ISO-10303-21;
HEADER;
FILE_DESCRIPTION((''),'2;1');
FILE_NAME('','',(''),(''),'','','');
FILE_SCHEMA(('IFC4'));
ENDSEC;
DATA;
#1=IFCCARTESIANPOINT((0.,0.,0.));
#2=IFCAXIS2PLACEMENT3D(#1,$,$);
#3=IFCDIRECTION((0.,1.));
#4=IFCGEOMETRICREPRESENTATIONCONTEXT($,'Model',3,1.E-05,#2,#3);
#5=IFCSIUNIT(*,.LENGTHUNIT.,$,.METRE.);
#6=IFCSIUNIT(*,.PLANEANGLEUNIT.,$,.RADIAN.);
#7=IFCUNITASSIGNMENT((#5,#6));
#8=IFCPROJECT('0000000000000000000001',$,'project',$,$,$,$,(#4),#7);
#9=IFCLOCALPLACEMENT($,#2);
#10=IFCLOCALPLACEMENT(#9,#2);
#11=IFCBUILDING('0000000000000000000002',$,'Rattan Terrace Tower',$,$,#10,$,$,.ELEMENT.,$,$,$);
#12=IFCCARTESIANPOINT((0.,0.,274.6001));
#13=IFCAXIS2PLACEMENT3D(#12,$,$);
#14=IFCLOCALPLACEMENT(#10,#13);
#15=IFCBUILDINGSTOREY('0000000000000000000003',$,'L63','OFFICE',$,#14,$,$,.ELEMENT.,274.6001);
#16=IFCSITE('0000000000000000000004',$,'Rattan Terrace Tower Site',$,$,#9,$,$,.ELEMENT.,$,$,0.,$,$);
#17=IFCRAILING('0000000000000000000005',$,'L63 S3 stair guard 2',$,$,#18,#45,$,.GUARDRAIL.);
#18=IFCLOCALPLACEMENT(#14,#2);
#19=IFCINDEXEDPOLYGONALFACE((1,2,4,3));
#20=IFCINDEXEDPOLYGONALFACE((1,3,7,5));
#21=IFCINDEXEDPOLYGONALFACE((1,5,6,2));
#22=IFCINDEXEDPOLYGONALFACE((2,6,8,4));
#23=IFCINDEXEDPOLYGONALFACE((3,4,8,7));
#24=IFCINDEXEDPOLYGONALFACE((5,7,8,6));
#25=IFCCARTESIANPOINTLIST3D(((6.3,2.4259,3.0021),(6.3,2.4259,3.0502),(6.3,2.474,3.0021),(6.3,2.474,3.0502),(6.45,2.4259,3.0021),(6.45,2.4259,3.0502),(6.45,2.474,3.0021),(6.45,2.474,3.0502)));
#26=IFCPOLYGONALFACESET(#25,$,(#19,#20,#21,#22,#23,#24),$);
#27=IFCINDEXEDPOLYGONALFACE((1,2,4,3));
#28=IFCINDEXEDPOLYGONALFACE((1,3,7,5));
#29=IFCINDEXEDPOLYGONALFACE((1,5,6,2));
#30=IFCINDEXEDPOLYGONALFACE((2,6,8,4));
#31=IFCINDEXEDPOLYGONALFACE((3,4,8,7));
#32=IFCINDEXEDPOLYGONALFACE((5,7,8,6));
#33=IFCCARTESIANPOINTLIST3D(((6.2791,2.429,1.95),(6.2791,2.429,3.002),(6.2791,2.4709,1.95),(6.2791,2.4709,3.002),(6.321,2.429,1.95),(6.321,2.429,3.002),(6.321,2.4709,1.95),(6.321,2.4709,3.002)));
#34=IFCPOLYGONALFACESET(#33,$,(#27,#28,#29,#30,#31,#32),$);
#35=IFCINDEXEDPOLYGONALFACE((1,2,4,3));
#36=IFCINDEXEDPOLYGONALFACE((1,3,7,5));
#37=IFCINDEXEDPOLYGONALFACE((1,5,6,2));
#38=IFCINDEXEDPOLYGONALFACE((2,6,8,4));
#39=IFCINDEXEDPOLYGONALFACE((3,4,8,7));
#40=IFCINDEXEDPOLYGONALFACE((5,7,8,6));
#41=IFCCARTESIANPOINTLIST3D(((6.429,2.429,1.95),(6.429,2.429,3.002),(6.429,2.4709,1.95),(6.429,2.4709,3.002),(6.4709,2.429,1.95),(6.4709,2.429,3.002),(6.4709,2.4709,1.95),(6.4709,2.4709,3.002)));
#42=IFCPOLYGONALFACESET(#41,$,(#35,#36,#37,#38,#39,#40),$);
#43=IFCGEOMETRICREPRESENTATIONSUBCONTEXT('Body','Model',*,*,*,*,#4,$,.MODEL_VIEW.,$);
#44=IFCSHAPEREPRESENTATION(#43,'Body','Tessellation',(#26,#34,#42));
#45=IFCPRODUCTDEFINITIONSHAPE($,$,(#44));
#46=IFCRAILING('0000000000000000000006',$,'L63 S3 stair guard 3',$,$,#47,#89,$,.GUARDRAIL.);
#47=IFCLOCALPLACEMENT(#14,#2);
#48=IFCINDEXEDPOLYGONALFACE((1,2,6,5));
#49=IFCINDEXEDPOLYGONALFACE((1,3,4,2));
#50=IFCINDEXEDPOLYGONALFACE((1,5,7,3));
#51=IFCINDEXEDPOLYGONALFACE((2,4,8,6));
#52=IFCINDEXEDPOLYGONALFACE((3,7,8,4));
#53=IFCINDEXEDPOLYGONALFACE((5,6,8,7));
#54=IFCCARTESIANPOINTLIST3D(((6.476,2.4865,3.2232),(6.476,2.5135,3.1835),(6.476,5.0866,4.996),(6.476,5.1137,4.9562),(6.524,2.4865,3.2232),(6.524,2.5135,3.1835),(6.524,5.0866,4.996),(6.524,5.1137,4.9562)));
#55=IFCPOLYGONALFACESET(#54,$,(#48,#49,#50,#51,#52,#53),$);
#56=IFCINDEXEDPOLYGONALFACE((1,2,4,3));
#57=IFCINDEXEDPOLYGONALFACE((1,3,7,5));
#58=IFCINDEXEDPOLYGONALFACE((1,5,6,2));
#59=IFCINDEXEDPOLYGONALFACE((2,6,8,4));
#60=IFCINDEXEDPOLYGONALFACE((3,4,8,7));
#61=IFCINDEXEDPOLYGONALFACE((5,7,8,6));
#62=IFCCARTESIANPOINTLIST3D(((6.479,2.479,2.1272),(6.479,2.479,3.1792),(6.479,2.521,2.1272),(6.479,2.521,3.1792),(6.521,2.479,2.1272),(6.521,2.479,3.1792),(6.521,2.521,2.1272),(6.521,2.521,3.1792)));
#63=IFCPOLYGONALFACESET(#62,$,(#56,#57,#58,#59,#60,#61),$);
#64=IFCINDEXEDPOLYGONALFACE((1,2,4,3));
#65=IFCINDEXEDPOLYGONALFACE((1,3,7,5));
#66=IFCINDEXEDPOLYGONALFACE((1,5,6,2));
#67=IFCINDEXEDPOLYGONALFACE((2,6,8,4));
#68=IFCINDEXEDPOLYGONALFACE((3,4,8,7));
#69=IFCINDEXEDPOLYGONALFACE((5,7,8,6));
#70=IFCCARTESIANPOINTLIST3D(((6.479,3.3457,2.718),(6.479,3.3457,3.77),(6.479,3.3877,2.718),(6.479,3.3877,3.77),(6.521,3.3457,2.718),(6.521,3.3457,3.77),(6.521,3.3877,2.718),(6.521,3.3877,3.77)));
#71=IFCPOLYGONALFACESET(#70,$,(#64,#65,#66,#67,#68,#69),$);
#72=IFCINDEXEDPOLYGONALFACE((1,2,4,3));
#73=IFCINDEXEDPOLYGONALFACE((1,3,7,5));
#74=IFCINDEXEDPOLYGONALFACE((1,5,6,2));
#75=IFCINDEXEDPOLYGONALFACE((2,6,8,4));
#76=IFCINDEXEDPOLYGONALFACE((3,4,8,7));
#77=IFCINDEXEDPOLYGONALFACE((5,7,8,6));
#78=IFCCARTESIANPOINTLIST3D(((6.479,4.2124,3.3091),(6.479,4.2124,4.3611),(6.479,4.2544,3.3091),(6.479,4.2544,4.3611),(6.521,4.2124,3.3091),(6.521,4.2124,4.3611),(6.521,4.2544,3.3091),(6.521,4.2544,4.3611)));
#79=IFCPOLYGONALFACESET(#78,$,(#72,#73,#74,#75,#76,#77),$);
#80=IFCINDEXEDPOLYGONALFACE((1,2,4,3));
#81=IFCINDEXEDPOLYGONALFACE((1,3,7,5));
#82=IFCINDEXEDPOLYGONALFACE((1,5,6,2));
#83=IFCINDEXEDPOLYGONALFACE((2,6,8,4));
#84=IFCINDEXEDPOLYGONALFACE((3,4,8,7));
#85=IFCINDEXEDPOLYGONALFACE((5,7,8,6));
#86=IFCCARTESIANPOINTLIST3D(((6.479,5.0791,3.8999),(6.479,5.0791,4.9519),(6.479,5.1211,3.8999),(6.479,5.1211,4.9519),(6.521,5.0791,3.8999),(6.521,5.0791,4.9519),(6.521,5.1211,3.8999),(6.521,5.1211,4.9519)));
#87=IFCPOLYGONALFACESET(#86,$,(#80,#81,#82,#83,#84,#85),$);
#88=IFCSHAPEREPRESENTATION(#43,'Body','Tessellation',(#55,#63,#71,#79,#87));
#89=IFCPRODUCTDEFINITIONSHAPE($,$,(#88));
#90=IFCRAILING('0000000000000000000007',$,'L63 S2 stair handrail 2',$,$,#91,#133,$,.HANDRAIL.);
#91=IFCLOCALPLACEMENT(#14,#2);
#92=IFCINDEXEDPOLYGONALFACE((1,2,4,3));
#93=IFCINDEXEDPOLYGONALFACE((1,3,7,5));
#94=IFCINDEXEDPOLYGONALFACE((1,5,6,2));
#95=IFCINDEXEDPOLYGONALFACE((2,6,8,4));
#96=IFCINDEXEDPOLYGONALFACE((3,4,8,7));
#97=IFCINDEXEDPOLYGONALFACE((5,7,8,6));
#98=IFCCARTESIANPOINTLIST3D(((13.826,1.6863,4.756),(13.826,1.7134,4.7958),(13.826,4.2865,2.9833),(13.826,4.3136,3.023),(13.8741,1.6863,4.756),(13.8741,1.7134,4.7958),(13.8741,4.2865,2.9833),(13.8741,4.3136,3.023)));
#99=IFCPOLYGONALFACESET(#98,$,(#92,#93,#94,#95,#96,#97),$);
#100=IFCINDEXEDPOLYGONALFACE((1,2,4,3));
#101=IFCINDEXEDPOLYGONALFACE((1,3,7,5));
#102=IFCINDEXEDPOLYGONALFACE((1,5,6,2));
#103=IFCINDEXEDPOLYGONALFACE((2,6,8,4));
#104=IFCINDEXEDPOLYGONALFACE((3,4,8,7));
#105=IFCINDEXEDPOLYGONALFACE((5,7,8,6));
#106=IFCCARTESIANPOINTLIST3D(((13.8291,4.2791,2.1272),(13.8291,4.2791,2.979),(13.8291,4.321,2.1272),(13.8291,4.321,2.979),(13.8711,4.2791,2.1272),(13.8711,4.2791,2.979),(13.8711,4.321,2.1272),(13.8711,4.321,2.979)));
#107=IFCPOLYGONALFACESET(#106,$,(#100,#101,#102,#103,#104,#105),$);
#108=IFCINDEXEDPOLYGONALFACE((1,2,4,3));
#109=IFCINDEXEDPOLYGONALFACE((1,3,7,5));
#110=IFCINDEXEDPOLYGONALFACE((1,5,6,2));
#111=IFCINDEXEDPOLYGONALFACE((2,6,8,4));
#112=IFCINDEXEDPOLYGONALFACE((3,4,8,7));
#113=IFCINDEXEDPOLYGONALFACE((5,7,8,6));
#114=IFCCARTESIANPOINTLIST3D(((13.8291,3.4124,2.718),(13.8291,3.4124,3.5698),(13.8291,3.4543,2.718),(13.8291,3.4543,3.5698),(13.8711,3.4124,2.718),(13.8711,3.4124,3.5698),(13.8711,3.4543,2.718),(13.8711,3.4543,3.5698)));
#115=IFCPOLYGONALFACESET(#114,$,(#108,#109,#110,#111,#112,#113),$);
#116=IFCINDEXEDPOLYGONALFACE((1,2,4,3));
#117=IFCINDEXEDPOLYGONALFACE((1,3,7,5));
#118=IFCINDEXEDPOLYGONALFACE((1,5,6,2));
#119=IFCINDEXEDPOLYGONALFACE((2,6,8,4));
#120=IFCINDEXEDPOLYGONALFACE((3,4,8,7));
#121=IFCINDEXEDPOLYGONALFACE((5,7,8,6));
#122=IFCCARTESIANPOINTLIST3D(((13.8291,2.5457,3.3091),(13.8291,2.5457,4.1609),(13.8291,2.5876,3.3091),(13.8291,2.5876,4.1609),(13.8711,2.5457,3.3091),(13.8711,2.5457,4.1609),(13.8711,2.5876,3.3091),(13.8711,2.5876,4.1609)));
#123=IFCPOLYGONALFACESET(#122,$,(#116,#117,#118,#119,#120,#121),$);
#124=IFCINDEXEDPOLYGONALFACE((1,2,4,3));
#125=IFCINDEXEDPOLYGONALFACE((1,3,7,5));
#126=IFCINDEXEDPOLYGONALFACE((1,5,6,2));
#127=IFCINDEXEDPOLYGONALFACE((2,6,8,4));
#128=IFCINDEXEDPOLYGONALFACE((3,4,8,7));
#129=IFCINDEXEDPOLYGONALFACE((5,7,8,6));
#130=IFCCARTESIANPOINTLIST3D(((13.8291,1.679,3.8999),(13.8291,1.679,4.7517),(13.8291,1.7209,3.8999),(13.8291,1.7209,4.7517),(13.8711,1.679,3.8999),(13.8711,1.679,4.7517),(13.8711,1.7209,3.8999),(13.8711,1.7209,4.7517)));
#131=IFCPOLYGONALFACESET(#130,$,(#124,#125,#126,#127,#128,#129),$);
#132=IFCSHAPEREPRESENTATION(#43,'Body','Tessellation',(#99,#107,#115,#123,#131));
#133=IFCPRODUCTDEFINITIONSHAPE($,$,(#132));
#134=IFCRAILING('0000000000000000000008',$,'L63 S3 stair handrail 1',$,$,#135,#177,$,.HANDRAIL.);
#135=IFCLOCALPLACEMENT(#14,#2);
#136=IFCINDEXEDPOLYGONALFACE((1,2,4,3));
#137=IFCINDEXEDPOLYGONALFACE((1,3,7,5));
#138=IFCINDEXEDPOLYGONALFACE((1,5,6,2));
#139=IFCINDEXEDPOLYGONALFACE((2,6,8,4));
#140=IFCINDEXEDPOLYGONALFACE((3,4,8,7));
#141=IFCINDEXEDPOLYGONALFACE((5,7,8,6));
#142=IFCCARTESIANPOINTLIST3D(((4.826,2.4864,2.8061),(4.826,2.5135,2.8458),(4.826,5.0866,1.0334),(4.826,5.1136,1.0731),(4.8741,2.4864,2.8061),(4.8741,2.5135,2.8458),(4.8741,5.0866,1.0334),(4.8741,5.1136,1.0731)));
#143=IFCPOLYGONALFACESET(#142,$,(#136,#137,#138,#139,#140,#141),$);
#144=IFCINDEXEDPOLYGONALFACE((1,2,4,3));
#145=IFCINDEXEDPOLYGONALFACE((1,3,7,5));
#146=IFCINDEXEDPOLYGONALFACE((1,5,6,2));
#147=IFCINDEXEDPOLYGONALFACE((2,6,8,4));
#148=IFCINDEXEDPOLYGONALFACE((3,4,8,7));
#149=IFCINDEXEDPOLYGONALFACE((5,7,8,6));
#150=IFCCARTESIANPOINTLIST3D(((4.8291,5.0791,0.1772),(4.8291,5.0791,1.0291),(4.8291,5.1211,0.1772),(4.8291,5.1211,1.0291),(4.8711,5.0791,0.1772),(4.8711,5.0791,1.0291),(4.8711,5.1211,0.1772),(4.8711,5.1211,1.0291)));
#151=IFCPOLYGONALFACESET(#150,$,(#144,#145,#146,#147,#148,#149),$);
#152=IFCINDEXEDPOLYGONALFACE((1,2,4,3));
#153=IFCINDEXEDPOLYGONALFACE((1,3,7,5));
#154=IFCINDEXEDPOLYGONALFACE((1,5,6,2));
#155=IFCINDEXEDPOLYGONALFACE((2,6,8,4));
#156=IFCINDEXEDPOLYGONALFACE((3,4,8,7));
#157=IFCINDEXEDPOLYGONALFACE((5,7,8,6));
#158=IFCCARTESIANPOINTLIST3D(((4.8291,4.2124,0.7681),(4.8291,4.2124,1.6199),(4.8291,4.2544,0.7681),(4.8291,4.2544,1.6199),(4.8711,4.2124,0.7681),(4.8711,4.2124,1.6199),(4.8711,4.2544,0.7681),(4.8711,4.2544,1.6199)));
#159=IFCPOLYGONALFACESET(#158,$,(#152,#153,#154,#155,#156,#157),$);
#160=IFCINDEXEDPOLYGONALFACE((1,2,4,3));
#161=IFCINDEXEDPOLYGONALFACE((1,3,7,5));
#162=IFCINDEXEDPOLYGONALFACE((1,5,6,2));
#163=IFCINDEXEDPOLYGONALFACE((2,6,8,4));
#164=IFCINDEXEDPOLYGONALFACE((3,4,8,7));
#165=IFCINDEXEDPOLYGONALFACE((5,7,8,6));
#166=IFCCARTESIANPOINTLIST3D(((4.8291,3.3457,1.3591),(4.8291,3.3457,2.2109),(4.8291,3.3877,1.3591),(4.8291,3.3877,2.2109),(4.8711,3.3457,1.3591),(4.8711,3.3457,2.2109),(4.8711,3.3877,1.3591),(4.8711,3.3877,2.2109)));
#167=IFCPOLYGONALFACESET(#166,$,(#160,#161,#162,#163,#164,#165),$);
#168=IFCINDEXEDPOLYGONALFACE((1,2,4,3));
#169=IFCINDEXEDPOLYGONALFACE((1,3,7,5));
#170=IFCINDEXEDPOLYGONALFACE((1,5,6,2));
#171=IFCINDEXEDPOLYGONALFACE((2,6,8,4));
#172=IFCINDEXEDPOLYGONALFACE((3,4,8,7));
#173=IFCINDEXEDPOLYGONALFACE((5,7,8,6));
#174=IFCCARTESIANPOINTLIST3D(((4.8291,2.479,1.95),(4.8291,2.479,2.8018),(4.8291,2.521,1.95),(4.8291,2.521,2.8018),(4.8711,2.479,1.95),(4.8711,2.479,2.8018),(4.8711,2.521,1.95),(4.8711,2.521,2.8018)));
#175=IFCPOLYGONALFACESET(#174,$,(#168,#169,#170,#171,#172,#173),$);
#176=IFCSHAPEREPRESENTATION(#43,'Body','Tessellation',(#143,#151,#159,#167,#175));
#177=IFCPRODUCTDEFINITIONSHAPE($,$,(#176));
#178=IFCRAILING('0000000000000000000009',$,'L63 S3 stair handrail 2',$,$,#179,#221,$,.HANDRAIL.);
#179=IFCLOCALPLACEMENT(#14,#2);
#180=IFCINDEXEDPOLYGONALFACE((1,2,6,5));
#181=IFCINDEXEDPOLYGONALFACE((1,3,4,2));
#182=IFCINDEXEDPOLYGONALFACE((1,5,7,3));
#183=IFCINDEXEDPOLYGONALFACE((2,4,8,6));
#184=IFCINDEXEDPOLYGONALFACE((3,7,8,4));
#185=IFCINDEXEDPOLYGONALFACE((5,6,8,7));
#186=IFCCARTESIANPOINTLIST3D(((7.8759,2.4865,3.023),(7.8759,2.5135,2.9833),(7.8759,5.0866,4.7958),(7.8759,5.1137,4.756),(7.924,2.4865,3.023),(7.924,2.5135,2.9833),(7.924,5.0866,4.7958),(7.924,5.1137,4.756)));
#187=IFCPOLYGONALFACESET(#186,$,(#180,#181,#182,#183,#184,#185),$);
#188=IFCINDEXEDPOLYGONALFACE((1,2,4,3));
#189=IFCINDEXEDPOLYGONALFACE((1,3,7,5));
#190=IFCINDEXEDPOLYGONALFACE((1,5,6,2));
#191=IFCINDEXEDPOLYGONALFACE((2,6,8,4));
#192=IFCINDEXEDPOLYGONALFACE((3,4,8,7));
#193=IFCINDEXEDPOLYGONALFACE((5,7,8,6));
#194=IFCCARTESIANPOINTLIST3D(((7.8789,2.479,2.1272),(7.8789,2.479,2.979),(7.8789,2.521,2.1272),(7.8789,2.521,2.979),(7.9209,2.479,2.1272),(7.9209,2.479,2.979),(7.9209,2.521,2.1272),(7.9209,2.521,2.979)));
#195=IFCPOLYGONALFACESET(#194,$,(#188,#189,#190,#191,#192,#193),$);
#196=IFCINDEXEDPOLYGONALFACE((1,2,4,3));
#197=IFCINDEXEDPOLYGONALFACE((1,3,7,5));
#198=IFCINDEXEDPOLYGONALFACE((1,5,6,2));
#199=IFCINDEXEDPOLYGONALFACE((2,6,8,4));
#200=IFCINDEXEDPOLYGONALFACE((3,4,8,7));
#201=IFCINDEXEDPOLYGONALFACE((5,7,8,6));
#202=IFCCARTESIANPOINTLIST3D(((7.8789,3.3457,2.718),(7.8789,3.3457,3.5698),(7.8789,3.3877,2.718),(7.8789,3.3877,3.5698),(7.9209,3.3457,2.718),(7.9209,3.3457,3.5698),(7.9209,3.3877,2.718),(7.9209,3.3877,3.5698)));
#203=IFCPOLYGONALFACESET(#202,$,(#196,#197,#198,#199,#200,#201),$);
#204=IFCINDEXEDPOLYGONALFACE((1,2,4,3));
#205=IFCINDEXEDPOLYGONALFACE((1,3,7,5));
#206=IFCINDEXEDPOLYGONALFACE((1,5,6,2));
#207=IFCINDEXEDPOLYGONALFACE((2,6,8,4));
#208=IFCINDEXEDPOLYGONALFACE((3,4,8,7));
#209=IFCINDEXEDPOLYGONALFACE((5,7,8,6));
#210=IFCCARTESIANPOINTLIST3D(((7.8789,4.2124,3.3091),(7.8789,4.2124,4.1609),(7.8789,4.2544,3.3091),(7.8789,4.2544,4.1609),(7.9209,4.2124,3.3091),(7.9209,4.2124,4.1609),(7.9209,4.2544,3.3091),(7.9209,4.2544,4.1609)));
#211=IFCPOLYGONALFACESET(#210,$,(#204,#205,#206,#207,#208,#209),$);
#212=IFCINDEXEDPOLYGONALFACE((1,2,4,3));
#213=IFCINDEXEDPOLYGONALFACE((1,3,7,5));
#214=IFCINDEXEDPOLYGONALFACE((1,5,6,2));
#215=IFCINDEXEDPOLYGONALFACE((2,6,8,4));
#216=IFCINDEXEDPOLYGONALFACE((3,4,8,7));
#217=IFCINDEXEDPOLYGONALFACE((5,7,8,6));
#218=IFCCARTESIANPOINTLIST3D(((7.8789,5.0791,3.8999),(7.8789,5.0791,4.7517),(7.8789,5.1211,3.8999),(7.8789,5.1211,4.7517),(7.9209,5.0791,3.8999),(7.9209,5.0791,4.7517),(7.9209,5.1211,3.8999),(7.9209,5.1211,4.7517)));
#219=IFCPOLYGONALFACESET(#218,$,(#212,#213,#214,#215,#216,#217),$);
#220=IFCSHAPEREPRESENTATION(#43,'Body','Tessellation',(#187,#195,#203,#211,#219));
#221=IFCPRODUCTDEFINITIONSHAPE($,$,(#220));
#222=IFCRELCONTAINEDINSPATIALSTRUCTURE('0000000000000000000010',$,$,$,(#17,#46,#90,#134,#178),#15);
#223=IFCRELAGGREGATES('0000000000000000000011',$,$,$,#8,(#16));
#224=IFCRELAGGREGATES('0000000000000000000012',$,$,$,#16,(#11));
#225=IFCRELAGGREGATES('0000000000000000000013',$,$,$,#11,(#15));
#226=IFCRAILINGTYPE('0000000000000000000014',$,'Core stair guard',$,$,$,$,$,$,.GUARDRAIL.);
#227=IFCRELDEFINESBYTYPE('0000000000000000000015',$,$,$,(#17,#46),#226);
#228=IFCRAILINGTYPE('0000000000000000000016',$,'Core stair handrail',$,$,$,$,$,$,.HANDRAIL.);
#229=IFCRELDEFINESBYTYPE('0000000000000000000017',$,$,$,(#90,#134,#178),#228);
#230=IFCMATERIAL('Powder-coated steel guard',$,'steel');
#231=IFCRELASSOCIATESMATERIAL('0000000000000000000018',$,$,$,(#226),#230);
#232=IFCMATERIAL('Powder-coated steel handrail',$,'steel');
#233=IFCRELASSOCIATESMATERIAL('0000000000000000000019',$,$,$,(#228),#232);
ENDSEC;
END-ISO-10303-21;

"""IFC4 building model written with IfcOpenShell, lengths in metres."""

from ifc_helpers import new_model, si_unit, direction, frame, origin, origin_2d, place, context, subcontext, project, spatial, rectangle, extrude, material, type_object, element, save


model = new_model("IFC4")

# Units and contexts
model_context = context("Model", 3, precision=1e-05, world=origin(), true_north=direction((0.0, 1.0)))
body_context = subcontext(model_context, "Body", "Model", "MODEL_VIEW")
ifc_project = project(units=[si_unit("LENGTHUNIT", "METRE"), si_unit("PLANEANGLEUNIT", "RADIAN")], contexts=[model_context])

# Site, building, storey
site_placement = place(None, origin())
site = spatial("IfcSite", under=ifc_project, at=site_placement, Name="Rattan Terrace Tower Site", CompositionType="ELEMENT", RefElevation=0.0)
building_placement = place(site_placement, origin())
building = spatial("IfcBuilding", under=site, at=building_placement, Name="Rattan Terrace Tower", CompositionType="ELEMENT")
storey_placement = place(building_placement, frame((0.0, 0.0, 274.6001)))
storey = spatial("IfcBuildingStorey", under=building, at=storey_placement, Name="L63", Description="OFFICE", CompositionType="ELEMENT", Elevation=274.6001)

# Railings
ifc_material_1 = material(Name="Powder-coated steel guard", Category="steel")
railing_type_1 = type_object("IfcRailingType", Name="Core stair guard", PredefinedType="GUARDRAIL", material=ifc_material_1)
railing_1_placement = place(storey_placement, frame((6.3, 2.45, 1.95)))
element("IfcRailing", 1, at=railing_1_placement, inside=storey, type_object=railing_type_1, Name="L63 S3 stair guard 2", PredefinedType="GUARDRAIL", context=body_context, shape_type="SweptSolid", body=[
    extrude(rectangle(XDim=0.0481, YDim=0.0481, at=origin_2d()), frame((0.0, 0.0, 1.0762), z_axis=(1.0, 0.0, 0.0), x_axis=(0.0, 1.0, 0.0)), (0.0, 0.0, 1.0), 0.1499),
    extrude(rectangle(XDim=0.042, YDim=0.042, at=origin_2d()), origin(), (0.0, 0.0, 1.0), 1.052),
    extrude(rectangle(XDim=0.042, YDim=0.042, at=origin_2d()), frame((0.1499, 0.0, 0.0)), (0.0, 0.0, 1.0), 1.052),
])
railing_2_placement = place(storey_placement, frame((6.5, 2.5, 2.1272)))
element("IfcRailing", 2, at=railing_2_placement, inside=storey, type_object=railing_type_1, Name="L63 S3 stair guard 3", PredefinedType="GUARDRAIL", context=body_context, shape_type="SweptSolid", body=[
    extrude(rectangle(XDim=0.0481, YDim=0.0481, at=origin_2d()), frame((0.0, 0.0, 1.0762), z_axis=(0.0, 0.82624, 0.563318), x_axis=(-1.0, 0.0, 0.0)), (0.0, 0.0, 1.0), 3.147),
    extrude(rectangle(XDim=0.042, YDim=0.042, at=origin_2d()), origin(), (0.0, 0.0, 1.0), 1.052),
    extrude(rectangle(XDim=0.042, YDim=0.042, at=origin_2d()), frame((0.0, 0.8667, 0.5908)), (0.0, 0.0, 1.0), 1.052),
    extrude(rectangle(XDim=0.042, YDim=0.042, at=origin_2d()), frame((0.0, 1.7334, 1.1819)), (0.0, 0.0, 1.0), 1.052),
    extrude(rectangle(XDim=0.042, YDim=0.042, at=origin_2d()), frame((0.0, 2.6001, 1.7727)), (0.0, 0.0, 1.0), 1.052),
])
ifc_material_2 = material(Name="Powder-coated steel handrail", Category="steel")
railing_type_2 = type_object("IfcRailingType", Name="Core stair handrail", PredefinedType="HANDRAIL", material=ifc_material_2)
for number, where, name in (
    (3, (13.8501, 4.3, 2.1272), "L63 S2 stair handrail 2"),
    (4, (4.8501, 5.1001, 0.1772), "L63 S3 stair handrail 1"),
):
    element("IfcRailing", number, at=place(storey_placement, frame(where)), inside=storey, type_object=railing_type_2, Name=name, PredefinedType="HANDRAIL", context=body_context, shape_type="SweptSolid", body=[
        extrude(rectangle(XDim=0.0481, YDim=0.0481, at=origin_2d()), frame((0.0, 0.0, 0.876), z_axis=(0.0, -0.82624, 0.563318), x_axis=(1.0, 0.0, 0.0)), (0.0, 0.0, 1.0), 3.147),
        extrude(rectangle(XDim=0.042, YDim=0.042, at=origin_2d()), origin(), (0.0, 0.0, 1.0), 0.8518),
        extrude(rectangle(XDim=0.042, YDim=0.042, at=origin_2d()), frame((0.0, -0.8667, 0.5908)), (0.0, 0.0, 1.0), 0.8518),
        extrude(rectangle(XDim=0.042, YDim=0.042, at=origin_2d()), frame((0.0, -1.7334, 1.1819)), (0.0, 0.0, 1.0), 0.8518),
        extrude(rectangle(XDim=0.042, YDim=0.042, at=origin_2d()), frame((0.0, -2.6001, 1.7727)), (0.0, 0.0, 1.0), 0.8518),
    ])
railing_3_placement = place(storey_placement, frame((7.8999, 2.5, 2.1272)))
element("IfcRailing", 5, at=railing_3_placement, inside=storey, type_object=railing_type_2, Name="L63 S3 stair handrail 2", PredefinedType="HANDRAIL", context=body_context, shape_type="SweptSolid", body=[
    extrude(rectangle(XDim=0.0481, YDim=0.0481, at=origin_2d()), frame((0.0, 0.0, 0.876), z_axis=(0.0, 0.82624, 0.563318), x_axis=(-1.0, 0.0, 0.0)), (0.0, 0.0, 1.0), 3.147),
    extrude(rectangle(XDim=0.042, YDim=0.042, at=origin_2d()), origin(), (0.0, 0.0, 1.0), 0.8518),
    extrude(rectangle(XDim=0.042, YDim=0.042, at=origin_2d()), frame((0.0, 0.8667, 0.5908)), (0.0, 0.0, 1.0), 0.8518),
    extrude(rectangle(XDim=0.042, YDim=0.042, at=origin_2d()), frame((0.0, 1.7334, 1.1819)), (0.0, 0.0, 1.0), 0.8518),
    extrude(rectangle(XDim=0.042, YDim=0.042, at=origin_2d()), frame((0.0, 2.6001, 1.7727)), (0.0, 0.0, 1.0), 0.8518),
])

save(model, "model.ifc")
